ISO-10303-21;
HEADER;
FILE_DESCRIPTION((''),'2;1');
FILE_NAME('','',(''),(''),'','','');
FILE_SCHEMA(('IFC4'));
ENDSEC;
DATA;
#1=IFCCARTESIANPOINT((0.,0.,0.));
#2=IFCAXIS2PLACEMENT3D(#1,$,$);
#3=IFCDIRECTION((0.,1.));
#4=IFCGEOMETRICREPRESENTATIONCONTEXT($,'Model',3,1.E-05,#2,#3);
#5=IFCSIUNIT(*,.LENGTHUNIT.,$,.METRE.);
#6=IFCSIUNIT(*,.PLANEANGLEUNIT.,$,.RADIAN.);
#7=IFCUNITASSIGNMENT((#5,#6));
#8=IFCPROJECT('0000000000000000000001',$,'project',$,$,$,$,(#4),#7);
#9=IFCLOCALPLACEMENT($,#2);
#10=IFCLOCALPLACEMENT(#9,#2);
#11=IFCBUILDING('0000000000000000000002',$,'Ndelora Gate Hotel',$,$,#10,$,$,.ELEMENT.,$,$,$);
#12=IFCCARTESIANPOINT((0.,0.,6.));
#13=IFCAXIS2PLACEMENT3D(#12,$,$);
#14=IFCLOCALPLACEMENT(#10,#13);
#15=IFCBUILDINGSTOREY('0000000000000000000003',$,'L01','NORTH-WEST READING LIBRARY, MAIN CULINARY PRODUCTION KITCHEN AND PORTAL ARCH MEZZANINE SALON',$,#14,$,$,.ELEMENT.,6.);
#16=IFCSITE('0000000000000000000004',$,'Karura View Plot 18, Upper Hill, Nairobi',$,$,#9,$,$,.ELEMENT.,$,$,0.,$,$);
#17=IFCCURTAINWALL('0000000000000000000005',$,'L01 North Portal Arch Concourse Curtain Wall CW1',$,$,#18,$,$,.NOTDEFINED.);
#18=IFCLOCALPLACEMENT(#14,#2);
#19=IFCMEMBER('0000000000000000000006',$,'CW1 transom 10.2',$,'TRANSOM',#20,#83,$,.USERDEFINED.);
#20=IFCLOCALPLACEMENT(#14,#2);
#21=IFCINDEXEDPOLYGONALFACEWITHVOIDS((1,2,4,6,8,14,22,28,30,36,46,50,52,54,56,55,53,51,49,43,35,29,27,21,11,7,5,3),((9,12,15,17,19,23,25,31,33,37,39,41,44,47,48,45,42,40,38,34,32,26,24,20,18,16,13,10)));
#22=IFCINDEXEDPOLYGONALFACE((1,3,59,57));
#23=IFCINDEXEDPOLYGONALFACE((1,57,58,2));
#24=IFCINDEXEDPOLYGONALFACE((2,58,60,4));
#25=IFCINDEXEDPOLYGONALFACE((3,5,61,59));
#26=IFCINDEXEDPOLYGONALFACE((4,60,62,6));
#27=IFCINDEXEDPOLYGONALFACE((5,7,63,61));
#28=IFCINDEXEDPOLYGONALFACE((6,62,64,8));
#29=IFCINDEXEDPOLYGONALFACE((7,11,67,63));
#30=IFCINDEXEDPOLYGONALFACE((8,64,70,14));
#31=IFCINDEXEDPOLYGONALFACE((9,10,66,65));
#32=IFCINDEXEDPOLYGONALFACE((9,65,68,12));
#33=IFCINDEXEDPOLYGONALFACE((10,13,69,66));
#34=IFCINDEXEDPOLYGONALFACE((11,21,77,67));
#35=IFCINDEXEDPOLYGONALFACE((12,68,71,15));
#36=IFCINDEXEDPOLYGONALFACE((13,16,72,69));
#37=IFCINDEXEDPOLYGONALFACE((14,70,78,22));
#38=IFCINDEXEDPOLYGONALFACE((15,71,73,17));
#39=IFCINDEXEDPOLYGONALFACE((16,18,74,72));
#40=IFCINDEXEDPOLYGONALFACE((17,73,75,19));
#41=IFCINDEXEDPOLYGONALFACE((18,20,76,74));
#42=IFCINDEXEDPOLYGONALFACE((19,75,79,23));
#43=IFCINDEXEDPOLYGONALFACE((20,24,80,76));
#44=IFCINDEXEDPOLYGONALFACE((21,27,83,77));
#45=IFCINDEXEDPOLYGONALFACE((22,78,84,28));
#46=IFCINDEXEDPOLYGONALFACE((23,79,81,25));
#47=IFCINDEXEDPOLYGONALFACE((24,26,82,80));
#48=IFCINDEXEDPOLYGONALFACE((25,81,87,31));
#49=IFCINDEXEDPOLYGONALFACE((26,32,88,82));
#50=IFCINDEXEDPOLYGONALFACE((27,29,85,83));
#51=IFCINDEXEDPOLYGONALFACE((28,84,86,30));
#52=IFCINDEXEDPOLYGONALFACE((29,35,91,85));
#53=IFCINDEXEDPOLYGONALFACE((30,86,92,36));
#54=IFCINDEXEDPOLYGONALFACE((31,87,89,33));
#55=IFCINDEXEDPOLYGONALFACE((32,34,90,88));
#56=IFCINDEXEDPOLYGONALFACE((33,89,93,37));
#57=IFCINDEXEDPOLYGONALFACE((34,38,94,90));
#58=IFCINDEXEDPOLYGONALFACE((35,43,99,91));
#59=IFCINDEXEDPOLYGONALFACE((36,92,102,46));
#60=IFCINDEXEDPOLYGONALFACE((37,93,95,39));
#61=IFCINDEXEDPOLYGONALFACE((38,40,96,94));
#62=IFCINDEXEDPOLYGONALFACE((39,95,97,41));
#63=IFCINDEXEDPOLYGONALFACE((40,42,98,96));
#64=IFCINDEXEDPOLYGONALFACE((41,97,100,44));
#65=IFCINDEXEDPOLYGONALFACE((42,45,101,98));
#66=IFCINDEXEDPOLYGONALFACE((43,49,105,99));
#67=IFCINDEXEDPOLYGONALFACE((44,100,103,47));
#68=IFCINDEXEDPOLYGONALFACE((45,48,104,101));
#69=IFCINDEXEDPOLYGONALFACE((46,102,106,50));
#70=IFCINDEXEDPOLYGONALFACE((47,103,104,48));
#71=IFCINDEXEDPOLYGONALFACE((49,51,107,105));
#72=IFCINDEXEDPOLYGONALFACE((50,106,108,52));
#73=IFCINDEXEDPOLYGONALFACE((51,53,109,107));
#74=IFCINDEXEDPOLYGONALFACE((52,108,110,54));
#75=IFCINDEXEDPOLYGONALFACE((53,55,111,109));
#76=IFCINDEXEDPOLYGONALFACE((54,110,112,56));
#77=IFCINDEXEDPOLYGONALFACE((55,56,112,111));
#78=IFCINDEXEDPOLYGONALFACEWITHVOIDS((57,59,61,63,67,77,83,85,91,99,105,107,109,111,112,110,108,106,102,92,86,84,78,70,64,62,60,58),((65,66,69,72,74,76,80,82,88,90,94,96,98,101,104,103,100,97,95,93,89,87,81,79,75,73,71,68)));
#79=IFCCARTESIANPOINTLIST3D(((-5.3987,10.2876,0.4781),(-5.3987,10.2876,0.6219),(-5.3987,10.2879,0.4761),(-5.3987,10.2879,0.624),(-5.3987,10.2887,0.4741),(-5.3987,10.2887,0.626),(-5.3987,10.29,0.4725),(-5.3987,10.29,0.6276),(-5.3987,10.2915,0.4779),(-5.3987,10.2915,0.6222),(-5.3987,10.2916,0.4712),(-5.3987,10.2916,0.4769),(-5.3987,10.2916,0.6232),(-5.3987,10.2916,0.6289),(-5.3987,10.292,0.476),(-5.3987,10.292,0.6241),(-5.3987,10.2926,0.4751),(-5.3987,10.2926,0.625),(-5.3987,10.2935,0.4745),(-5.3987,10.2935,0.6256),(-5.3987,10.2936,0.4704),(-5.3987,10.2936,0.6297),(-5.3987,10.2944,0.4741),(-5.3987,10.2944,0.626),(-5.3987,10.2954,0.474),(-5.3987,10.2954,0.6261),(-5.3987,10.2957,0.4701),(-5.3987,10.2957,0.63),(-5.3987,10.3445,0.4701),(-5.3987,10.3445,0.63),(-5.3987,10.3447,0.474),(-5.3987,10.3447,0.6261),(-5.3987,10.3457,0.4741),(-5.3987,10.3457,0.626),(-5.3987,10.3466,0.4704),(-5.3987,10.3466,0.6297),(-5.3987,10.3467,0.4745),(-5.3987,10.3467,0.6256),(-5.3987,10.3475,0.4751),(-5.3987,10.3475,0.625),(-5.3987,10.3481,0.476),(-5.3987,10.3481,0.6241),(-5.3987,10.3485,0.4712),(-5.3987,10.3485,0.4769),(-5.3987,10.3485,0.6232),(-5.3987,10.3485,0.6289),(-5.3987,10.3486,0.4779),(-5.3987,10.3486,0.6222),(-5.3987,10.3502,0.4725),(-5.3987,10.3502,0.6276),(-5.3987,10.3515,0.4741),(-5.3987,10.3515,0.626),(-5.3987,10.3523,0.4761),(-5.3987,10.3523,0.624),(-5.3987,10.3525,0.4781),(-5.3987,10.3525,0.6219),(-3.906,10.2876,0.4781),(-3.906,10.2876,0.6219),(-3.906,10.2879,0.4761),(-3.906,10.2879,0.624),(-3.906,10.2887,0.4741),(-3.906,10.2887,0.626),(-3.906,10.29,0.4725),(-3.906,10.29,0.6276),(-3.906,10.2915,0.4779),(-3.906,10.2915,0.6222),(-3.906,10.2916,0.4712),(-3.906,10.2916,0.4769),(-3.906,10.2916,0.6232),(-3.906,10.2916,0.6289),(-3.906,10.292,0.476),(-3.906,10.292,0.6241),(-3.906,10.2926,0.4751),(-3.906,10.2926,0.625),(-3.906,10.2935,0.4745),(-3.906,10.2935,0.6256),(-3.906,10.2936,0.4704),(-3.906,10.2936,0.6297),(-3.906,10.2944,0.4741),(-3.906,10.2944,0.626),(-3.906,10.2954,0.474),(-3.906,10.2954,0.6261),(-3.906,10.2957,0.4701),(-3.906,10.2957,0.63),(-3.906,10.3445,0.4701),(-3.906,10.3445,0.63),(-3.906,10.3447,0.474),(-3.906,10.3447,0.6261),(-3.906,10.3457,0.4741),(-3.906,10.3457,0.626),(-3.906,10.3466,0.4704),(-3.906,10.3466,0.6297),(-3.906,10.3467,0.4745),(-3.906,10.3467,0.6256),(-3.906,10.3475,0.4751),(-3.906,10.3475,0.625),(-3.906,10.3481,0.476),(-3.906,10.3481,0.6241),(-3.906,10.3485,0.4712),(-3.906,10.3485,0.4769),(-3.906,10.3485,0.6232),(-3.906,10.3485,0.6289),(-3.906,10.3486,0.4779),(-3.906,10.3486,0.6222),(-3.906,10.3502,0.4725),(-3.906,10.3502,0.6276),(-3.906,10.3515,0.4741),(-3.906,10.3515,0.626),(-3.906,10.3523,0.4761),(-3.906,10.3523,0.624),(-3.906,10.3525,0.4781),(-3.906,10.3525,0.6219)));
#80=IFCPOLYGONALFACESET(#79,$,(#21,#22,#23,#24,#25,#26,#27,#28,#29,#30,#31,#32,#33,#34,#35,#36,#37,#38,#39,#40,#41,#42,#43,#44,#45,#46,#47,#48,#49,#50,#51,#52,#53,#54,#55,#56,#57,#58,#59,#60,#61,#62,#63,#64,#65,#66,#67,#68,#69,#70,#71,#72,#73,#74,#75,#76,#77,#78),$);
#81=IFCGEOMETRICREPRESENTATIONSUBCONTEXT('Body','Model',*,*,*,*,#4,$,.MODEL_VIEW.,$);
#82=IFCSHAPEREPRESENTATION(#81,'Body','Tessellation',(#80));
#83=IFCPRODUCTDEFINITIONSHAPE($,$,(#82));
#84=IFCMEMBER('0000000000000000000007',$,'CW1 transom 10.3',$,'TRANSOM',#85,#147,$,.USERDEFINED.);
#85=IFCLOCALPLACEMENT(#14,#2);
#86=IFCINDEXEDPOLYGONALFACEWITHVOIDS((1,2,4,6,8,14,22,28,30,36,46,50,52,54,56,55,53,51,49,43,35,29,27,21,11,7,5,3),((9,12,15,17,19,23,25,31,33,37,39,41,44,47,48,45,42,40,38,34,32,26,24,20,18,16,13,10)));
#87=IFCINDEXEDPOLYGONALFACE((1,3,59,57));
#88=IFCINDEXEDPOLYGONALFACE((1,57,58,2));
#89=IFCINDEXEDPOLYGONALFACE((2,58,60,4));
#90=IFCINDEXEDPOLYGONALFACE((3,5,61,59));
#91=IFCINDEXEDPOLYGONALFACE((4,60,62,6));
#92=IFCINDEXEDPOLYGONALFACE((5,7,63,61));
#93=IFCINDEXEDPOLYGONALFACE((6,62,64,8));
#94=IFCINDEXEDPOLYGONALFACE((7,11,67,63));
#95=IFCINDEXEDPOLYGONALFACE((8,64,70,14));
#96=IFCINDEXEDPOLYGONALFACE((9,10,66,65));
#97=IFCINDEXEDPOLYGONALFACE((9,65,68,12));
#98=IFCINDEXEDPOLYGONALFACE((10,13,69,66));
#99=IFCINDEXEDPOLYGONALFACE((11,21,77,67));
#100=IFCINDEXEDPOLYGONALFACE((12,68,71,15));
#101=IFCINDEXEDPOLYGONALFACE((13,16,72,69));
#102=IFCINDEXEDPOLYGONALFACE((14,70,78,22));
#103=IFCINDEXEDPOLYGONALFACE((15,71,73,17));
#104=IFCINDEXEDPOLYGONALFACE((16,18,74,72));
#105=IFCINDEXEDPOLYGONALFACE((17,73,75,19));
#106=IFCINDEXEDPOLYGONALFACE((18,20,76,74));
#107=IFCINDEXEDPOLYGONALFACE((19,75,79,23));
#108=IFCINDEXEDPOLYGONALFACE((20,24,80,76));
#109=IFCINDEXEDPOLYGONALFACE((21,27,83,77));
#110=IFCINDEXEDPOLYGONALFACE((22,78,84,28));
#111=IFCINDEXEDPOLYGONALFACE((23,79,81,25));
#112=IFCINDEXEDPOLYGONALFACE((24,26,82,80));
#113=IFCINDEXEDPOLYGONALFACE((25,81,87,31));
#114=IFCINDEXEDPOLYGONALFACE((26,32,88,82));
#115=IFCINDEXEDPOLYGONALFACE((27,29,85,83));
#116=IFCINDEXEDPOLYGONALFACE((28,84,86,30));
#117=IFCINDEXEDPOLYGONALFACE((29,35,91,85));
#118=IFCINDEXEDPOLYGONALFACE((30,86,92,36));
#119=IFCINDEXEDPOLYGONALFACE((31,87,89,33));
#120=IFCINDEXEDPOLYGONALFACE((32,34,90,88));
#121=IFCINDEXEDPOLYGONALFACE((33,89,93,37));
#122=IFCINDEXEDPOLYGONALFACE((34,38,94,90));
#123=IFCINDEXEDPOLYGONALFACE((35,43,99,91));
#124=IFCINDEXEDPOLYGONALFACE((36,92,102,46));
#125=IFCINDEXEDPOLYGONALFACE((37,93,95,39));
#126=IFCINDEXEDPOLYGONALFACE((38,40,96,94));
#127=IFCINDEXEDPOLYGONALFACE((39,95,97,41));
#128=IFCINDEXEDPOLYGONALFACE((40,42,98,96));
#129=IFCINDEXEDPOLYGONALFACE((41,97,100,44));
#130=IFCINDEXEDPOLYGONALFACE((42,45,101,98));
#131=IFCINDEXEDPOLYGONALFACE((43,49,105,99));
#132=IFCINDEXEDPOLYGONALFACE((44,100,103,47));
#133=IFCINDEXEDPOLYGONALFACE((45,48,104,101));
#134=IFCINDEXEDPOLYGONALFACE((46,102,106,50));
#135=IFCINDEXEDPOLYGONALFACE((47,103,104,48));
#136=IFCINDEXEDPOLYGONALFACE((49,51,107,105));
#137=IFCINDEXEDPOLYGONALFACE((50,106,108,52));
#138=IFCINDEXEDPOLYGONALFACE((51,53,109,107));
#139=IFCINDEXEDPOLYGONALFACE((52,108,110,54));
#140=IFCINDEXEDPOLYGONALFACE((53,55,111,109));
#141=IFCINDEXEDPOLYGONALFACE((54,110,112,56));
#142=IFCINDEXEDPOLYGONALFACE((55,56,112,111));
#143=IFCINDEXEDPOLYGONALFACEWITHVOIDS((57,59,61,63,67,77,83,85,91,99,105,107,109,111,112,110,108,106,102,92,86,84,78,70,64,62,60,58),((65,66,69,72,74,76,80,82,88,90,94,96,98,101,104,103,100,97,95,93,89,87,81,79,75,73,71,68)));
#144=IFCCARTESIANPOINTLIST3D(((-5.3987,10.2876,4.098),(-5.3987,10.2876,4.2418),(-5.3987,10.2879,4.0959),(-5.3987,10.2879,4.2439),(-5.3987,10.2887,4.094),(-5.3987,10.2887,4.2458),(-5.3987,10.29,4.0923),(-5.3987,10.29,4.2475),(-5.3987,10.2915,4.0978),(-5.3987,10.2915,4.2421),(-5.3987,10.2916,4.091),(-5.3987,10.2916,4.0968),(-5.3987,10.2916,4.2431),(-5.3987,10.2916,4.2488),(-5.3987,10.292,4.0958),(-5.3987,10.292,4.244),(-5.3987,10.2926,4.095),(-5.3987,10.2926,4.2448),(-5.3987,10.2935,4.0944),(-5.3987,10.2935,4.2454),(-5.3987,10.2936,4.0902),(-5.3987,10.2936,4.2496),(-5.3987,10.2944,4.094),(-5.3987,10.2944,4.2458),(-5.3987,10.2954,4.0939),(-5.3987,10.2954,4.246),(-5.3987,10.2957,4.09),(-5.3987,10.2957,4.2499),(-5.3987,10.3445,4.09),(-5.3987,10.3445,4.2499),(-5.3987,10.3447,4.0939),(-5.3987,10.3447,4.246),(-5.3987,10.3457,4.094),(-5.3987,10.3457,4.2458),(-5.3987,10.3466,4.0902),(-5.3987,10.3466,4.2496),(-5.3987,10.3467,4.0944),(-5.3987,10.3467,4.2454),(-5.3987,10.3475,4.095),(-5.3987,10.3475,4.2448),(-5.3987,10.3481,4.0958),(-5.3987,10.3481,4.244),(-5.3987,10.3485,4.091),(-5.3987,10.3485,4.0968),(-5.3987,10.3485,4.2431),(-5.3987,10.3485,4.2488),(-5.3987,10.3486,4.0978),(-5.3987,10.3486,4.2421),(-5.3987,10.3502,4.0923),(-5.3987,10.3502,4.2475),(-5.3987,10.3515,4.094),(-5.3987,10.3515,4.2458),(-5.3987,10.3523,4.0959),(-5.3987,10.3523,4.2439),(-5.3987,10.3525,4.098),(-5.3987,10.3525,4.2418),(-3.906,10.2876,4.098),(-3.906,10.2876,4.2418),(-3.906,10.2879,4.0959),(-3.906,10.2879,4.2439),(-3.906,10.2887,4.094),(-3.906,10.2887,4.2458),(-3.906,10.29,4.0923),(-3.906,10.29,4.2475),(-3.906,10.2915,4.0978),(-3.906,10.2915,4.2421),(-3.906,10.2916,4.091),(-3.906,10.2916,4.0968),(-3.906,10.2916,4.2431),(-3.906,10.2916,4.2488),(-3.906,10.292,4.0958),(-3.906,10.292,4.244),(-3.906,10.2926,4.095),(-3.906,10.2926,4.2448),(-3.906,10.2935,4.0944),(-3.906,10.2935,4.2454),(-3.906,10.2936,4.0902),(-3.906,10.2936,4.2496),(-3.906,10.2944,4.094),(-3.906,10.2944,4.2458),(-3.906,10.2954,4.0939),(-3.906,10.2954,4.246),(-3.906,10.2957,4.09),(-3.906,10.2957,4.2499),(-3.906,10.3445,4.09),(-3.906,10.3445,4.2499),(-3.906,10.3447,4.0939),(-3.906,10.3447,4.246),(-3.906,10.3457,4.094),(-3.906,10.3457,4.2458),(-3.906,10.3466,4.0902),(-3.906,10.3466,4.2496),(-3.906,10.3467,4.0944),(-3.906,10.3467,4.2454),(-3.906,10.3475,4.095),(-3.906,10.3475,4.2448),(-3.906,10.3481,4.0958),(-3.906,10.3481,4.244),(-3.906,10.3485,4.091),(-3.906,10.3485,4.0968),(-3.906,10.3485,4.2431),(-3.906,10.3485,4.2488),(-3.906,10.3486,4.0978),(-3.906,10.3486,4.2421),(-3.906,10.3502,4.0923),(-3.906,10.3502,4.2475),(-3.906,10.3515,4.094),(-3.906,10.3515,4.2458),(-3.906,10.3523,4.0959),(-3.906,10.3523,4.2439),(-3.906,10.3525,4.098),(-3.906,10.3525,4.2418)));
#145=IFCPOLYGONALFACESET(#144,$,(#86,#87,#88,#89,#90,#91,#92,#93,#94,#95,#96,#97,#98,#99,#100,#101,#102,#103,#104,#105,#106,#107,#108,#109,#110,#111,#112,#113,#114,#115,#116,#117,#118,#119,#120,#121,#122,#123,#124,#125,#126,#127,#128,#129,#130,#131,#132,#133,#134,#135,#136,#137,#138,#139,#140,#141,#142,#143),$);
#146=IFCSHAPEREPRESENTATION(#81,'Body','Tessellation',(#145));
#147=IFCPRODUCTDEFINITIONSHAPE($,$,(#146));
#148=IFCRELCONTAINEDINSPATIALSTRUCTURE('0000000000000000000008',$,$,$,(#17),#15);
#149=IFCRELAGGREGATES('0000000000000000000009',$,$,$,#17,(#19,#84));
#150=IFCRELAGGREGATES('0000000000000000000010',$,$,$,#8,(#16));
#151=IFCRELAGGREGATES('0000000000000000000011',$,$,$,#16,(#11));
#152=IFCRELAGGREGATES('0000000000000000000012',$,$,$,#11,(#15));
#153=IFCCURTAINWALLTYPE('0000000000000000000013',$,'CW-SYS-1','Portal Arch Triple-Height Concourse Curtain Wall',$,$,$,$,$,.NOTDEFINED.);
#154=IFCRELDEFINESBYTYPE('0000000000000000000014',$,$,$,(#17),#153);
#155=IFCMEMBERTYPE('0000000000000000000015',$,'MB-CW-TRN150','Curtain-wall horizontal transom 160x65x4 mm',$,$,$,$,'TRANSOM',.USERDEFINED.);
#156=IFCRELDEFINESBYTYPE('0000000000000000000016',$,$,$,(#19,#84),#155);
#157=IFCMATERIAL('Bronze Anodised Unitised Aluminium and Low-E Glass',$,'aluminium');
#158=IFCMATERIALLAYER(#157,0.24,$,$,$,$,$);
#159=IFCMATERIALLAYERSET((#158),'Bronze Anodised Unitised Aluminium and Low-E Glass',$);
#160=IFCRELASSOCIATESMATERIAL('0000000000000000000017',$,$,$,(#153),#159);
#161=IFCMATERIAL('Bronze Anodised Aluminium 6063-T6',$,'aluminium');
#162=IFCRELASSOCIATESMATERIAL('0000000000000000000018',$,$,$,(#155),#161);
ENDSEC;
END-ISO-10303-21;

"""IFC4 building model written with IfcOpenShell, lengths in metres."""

from ifc_helpers import new_model, si_unit, direction, frame, origin, origin_2d, place, context, subcontext, project, spatial, hollow_rectangle, extrude, material, layer, layer_set, material_profile, profile_set, type_object, element, aggregate, save


model = new_model("IFC4")

# Units and contexts
model_context = context("Model", 3, precision=1e-05, world=origin(), true_north=direction((0.0, 1.0)))
body_context = subcontext(model_context, "Body", "Model", "MODEL_VIEW")
ifc_project = project(units=[si_unit("LENGTHUNIT", "METRE"), si_unit("PLANEANGLEUNIT", "RADIAN")], contexts=[model_context])

# Site, building, storey
site_placement = place(None, origin())
site = spatial("IfcSite", under=ifc_project, at=site_placement, Name="Karura View Plot 18, Upper Hill, Nairobi", CompositionType="ELEMENT", RefElevation=0.0)
building_placement = place(site_placement, origin())
building = spatial("IfcBuilding", under=site, at=building_placement, Name="Ndelora Gate Hotel", CompositionType="ELEMENT")
storey_placement = place(building_placement, frame((0.0, 0.0, 6.0)))
storey = spatial("IfcBuildingStorey", under=building, at=storey_placement, Name="L01", Description="NORTH-WEST READING LIBRARY, MAIN CULINARY PRODUCTION KITCHEN AND PORTAL ARCH MEZZANINE SALON", CompositionType="ELEMENT", Elevation=6.0)

# Curtain wall, members
ifc_material_1 = material(Name="Bronze Anodised Unitised Aluminium and Low-E Glass", Category="aluminium")
ifc_layer_1 = layer(ifc_material_1, 0.24)
ifc_layer_set_1 = layer_set([ifc_layer_1], Name="Bronze Anodised Unitised Aluminium and Low-E Glass")
curtain_wall_type = type_object("IfcCurtainWallType", Name="CW-SYS-1", Description="Portal Arch Triple-Height Concourse Curtain Wall", PredefinedType="NOTDEFINED", material=ifc_layer_set_1)
curtain_wall_placement = place(storey_placement, origin())
curtain_wall = element("IfcCurtainWall", 1, at=curtain_wall_placement, inside=storey, type_object=curtain_wall_type, Name="L01 North Portal Arch Concourse Curtain Wall CW1", PredefinedType="NOTDEFINED")
ifc_material_2 = material(Name="Bronze Anodised Aluminium 6063-T6", Category="aluminium")
ifc_material_profile_1 = material_profile(ifc_material_2, hollow_rectangle(XDim=0.0649, YDim=0.1599, WallThickness=0.0039, InnerFilletRadius=0.0039, OuterFilletRadius=0.0081, at=origin_2d()), Name="ALU 160x65x4")
ifc_profile_set_1 = profile_set([ifc_material_profile_1], Name="Bronze Anodised Aluminium 6063-T6")
member_type_1 = type_object("IfcMemberType", Name="MB-CW-TRN150", Description="Curtain-wall horizontal transom 160x65x4 mm", ElementType="TRANSOM", PredefinedType="USERDEFINED", material=ifc_profile_set_1)
member_1_placement = place(storey_placement, frame((-3.906, 10.3201, 0.55), z_axis=(-1.0, 0.0, 0.0), x_axis=(0.0, -1.0, 0.0)))
member_1 = element("IfcMember", 2, at=member_1_placement, type_object=member_type_1, Name="CW1 transom 10.2", ObjectType="TRANSOM", PredefinedType="USERDEFINED", context=body_context, shape_type="SweptSolid", body=[
    extrude(hollow_rectangle(XDim=0.0649, YDim=0.1599, WallThickness=0.0039, InnerFilletRadius=0.0039, OuterFilletRadius=0.0081, at=origin_2d()), origin(), (0.0, 0.0, 1.0), 1.4927),
])
member_2_placement = place(storey_placement, frame((-3.906, 10.3201, 4.1699), z_axis=(-1.0, 0.0, 0.0), x_axis=(0.0, -1.0, 0.0)))
member_2 = element("IfcMember", 3, at=member_2_placement, type_object=member_type_1, Name="CW1 transom 10.3", ObjectType="TRANSOM", PredefinedType="USERDEFINED", context=body_context, shape_type="SweptSolid", body=[
    extrude(hollow_rectangle(XDim=0.0649, YDim=0.1599, WallThickness=0.0039, InnerFilletRadius=0.0039, OuterFilletRadius=0.0081, at=origin_2d()), origin(), (0.0, 0.0, 1.0), 1.4927),
])
aggregate(curtain_wall, [member_1, member_2])

save(model, "model.ifc")
